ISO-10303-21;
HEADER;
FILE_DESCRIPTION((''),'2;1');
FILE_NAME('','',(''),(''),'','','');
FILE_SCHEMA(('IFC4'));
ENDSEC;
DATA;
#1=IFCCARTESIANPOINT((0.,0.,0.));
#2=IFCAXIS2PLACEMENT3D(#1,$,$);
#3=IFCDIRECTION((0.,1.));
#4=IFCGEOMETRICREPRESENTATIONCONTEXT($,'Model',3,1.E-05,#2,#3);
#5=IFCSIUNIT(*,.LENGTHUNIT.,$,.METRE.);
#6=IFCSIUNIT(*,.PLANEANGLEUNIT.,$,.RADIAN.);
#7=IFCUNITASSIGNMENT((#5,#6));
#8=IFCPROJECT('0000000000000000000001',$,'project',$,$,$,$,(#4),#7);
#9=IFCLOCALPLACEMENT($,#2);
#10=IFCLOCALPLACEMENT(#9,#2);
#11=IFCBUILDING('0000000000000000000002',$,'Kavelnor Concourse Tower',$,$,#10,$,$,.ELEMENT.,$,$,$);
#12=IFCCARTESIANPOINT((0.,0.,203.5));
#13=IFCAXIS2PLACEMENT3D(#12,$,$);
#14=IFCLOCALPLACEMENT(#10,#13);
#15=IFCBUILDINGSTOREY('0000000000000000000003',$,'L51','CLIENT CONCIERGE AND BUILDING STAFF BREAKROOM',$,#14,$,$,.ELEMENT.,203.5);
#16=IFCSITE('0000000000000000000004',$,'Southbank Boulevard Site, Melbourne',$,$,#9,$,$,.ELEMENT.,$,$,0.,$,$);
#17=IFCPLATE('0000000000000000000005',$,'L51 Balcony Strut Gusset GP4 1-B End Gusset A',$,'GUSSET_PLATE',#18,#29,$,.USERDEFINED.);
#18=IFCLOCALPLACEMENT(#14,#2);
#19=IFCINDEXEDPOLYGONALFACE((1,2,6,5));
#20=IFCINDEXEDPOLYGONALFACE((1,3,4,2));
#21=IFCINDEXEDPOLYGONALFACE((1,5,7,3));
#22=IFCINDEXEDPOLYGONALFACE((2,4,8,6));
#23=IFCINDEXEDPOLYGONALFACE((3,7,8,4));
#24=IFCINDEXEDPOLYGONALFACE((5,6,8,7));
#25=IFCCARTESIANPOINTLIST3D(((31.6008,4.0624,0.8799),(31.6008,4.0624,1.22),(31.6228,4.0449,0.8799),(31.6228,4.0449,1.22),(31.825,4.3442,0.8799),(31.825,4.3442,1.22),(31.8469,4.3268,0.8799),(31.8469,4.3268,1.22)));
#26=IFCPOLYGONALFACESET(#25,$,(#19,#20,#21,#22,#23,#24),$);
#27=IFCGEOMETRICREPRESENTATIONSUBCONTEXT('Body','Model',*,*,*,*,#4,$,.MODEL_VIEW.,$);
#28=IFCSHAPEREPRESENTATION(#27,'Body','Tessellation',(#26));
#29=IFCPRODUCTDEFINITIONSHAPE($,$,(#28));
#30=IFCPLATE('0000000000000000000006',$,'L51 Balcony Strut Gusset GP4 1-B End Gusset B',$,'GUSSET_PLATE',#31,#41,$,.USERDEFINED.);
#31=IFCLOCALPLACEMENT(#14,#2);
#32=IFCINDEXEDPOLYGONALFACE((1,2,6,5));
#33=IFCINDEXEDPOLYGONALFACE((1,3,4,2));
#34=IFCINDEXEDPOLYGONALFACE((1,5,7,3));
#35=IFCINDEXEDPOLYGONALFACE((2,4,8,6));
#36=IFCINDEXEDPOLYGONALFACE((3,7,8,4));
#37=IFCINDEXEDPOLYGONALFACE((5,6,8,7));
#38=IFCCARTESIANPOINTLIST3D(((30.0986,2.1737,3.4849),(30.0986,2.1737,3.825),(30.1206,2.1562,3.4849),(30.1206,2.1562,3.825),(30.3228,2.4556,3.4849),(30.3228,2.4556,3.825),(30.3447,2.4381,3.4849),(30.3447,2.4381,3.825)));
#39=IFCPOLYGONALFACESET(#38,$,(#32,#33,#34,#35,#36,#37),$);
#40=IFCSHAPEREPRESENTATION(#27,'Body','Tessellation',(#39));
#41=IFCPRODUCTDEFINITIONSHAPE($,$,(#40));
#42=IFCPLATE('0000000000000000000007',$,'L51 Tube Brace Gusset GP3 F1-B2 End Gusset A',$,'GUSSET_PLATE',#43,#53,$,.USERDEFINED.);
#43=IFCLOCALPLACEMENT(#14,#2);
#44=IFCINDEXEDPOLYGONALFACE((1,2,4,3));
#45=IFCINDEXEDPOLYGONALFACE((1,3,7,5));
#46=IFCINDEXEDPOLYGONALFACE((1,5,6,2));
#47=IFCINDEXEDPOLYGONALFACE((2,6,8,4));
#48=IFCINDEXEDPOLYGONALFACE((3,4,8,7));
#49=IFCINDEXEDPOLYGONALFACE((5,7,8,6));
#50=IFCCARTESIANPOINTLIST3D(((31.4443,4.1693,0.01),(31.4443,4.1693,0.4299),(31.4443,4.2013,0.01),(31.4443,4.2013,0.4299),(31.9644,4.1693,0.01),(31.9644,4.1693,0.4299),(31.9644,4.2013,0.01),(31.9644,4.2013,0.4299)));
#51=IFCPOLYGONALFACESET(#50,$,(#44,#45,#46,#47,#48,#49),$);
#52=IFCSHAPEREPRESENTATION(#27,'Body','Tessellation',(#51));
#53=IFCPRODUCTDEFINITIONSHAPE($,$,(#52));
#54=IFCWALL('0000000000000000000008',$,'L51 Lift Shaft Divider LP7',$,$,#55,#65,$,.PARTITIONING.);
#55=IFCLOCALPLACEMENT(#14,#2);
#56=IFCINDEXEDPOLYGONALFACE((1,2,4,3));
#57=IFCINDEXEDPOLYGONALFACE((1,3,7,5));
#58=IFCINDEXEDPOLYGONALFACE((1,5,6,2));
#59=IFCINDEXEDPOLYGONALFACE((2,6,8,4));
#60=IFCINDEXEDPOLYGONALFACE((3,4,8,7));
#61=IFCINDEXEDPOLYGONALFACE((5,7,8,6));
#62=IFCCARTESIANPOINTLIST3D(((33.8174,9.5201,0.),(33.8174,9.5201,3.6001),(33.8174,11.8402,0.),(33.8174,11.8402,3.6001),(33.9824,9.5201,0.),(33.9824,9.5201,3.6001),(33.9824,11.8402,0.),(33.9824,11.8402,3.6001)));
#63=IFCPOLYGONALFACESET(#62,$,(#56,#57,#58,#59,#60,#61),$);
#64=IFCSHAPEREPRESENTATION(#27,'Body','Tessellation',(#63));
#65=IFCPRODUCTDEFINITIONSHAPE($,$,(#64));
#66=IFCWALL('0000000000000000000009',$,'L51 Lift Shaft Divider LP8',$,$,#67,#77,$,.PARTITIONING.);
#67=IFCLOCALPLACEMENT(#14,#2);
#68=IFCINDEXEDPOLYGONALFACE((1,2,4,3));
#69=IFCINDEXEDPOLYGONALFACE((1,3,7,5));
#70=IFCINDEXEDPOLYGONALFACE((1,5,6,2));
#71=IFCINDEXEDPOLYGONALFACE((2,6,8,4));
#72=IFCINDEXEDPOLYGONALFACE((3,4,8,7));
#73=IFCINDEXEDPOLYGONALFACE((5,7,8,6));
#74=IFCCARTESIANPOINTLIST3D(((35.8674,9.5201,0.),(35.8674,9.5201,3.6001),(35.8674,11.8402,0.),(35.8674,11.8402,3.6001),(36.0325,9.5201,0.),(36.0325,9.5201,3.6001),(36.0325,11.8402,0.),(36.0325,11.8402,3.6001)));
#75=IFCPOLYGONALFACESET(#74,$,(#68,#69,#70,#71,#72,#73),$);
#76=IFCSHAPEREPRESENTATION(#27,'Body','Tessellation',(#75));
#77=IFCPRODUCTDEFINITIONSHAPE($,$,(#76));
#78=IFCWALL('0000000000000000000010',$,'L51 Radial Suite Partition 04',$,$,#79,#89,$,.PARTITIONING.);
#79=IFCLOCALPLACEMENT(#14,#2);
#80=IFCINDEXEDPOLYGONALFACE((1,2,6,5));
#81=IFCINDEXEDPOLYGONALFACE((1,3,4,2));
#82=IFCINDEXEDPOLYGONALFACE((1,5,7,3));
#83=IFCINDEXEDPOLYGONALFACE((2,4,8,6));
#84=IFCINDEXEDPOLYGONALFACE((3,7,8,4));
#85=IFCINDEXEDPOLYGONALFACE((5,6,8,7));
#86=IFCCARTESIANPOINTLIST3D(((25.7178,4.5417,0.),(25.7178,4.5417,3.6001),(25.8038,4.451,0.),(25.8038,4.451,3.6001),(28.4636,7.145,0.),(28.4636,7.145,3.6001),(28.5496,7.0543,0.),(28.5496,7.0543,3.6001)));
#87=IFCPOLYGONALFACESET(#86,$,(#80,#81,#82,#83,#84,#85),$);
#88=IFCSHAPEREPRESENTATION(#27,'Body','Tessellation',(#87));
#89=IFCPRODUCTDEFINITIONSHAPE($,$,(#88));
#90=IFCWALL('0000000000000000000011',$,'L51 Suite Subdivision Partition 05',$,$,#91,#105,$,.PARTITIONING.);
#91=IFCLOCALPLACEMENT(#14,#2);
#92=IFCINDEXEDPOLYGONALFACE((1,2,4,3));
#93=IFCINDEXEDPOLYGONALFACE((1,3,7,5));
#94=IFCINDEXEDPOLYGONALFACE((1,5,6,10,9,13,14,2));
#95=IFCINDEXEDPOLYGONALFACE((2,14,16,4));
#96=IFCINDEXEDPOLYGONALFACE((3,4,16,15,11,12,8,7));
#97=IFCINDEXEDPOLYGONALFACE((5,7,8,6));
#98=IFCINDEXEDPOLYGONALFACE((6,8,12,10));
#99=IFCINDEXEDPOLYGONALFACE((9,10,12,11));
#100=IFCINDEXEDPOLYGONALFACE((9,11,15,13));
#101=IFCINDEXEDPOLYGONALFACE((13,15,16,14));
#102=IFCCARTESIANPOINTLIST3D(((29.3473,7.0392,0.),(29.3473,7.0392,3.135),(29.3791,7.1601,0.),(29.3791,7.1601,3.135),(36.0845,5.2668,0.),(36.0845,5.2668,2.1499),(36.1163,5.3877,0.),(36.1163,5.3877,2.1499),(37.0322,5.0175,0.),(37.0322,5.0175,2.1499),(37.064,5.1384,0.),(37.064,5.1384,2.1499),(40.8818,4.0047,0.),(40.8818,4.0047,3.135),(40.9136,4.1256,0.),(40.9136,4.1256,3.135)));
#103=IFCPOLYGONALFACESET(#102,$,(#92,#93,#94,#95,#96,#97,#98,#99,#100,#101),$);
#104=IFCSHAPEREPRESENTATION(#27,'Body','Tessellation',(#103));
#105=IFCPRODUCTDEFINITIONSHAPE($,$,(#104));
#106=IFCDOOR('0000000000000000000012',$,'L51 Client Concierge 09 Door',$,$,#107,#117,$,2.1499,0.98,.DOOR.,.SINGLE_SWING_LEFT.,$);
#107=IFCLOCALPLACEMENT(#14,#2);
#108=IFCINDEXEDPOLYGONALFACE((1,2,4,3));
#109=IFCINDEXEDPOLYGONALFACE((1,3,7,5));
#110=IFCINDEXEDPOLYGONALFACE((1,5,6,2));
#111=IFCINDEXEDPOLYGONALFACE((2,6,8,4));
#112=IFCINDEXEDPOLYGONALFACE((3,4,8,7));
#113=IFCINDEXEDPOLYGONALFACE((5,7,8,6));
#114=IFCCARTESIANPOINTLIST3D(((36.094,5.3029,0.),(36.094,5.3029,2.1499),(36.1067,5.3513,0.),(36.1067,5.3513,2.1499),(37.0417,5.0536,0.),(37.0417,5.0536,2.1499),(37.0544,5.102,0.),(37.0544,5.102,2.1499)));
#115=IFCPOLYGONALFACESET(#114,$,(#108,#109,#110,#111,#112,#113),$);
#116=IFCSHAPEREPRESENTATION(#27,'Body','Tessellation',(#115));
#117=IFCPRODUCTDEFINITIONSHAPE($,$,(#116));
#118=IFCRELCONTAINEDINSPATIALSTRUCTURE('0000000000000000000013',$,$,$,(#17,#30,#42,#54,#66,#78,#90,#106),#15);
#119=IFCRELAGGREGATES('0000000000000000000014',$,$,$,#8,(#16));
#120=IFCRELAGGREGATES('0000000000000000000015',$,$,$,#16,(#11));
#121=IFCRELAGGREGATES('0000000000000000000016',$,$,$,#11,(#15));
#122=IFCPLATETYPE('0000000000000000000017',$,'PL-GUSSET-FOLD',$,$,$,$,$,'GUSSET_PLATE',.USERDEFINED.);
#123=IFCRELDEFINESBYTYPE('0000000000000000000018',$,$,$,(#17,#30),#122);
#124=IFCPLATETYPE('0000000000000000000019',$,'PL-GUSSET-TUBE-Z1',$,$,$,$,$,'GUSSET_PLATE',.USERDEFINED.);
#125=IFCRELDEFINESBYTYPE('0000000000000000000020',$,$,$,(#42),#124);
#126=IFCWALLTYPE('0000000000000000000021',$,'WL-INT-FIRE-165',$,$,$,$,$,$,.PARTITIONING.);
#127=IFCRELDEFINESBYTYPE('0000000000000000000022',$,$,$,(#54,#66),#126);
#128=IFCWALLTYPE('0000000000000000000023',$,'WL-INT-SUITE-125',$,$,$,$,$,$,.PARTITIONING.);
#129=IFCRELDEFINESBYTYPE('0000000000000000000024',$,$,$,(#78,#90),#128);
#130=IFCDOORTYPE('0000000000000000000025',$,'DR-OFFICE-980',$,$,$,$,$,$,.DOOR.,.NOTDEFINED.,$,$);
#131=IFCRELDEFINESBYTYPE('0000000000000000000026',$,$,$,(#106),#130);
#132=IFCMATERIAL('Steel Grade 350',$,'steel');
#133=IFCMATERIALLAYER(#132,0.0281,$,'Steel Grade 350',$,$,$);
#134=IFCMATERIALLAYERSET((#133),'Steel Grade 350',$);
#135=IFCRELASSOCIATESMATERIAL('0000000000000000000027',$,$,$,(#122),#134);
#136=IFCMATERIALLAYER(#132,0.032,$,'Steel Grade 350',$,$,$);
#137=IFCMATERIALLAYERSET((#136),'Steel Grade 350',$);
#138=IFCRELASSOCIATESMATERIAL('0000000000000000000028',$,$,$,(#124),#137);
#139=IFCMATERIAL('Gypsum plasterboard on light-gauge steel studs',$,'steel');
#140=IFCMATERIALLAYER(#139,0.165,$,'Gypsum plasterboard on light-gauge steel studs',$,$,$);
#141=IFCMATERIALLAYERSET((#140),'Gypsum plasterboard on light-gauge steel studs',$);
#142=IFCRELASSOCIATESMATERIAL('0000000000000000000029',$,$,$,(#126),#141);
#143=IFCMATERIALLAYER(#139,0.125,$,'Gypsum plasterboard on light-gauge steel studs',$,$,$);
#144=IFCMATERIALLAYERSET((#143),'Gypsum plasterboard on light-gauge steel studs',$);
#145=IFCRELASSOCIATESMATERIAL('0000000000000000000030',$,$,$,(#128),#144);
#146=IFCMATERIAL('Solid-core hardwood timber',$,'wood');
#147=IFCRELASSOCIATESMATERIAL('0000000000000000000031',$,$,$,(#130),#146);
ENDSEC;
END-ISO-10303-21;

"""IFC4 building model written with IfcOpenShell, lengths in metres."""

from ifc_helpers import new_model, si_unit, direction, frame, frame_2d, origin, origin_2d, place, context, subcontext, project, spatial, rectangle, extrude, material, layer, layer_set, type_object, element, fill, save


model = new_model("IFC4")

# Units and contexts
model_context = context("Model", 3, precision=1e-05, world=origin(), true_north=direction((0.0, 1.0)))
body_context = subcontext(model_context, "Body", "Model", "MODEL_VIEW")
ifc_project = project(units=[si_unit("LENGTHUNIT", "METRE"), si_unit("PLANEANGLEUNIT", "RADIAN")], contexts=[model_context])

# Site, building, storey
site_placement = place(None, origin())
site = spatial("IfcSite", under=ifc_project, at=site_placement, Name="Southbank Boulevard Site, Melbourne", CompositionType="ELEMENT", RefElevation=0.0)
building_placement = place(site_placement, origin())
building = spatial("IfcBuilding", under=site, at=building_placement, Name="Kavelnor Concourse Tower", CompositionType="ELEMENT")
storey_placement = place(building_placement, frame((0.0, 0.0, 203.5)))
storey = spatial("IfcBuildingStorey", under=building, at=storey_placement, Name="L51", Description="CLIENT CONCIERGE AND BUILDING STAFF BREAKROOM", CompositionType="ELEMENT", Elevation=203.5)

# Shared definitions
ifc_material_1 = material(Name="Steel Grade 350", Category="steel")

# Plates
ifc_layer_1 = layer(ifc_material_1, 0.0281, Name="Steel Grade 350")
ifc_layer_set_1 = layer_set([ifc_layer_1], Name="Steel Grade 350")
plate_type_1 = type_object("IfcPlateType", Name="PL-GUSSET-FOLD", ElementType="GUSSET_PLATE", PredefinedType="USERDEFINED", material=ifc_layer_set_1)
for number, where, z_axis, x_axis, name in (
    (1, (31.7239, 4.1946, 0.8799), (0.0, 0.0, 1.0), (-0.622378, -0.782717, 0.0), "L51 Balcony Strut Gusset GP4 1-B End Gusset A"),
    (2, (30.2217, 2.3059, 3.4849), (0.0, 0.0, 1.0), (-0.622378, -0.782717, 0.0), "L51 Balcony Strut Gusset GP4 1-B End Gusset B"),
):
    element("IfcPlate", number, at=place(storey_placement, frame(where, z_axis=z_axis, x_axis=x_axis)), inside=storey, type_object=plate_type_1, Name=name, ObjectType="GUSSET_PLATE", PredefinedType="USERDEFINED", context=body_context, shape_type="SweptSolid", body=[
        extrude(rectangle(XDim=0.3601, YDim=0.0281, at=origin_2d()), origin(), (0.0, 0.0, 1.0), 0.3401),
    ])
ifc_layer_2 = layer(ifc_material_1, 0.032, Name="Steel Grade 350")
ifc_layer_set_2 = layer_set([ifc_layer_2], Name="Steel Grade 350")
plate_type_2 = type_object("IfcPlateType", Name="PL-GUSSET-TUBE-Z1", ElementType="GUSSET_PLATE", PredefinedType="USERDEFINED", material=ifc_layer_set_2)
plate_placement = place(storey_placement, frame((31.7043, 4.1853, 0.01), z_axis=(0.0, 0.0, 1.0), x_axis=(1.0, 0.0, 0.0)))
element("IfcPlate", 3, at=plate_placement, inside=storey, type_object=plate_type_2, Name="L51 Tube Brace Gusset GP3 F1-B2 End Gusset A", ObjectType="GUSSET_PLATE", PredefinedType="USERDEFINED", context=body_context, shape_type="SweptSolid", body=[
    extrude(rectangle(XDim=0.52, YDim=0.032, at=origin_2d()), origin(), (0.0, 0.0, 1.0), 0.4199),
])

# Walls
ifc_material_2 = material(Name="Gypsum plasterboard on light-gauge steel studs", Category="steel")
ifc_layer_3 = layer(ifc_material_2, 0.165, Name="Gypsum plasterboard on light-gauge steel studs")
ifc_layer_set_3 = layer_set([ifc_layer_3], Name="Gypsum plasterboard on light-gauge steel studs")
wall_type_1 = type_object("IfcWallType", Name="WL-INT-FIRE-165", PredefinedType="PARTITIONING", material=ifc_layer_set_3)
for number, where, z_axis, x_axis, name in (
    (4, (33.8999, 9.52, 0.0), (0.0, 0.0, 1.0), (0.0, 1.0, 0.0), "L51 Lift Shaft Divider LP7"),
    (5, (35.95, 9.52, 0.0), (0.0, 0.0, 1.0), (0.0, 1.0, 0.0), "L51 Lift Shaft Divider LP8"),
):
    element("IfcWall", number, at=place(storey_placement, frame(where, z_axis=z_axis, x_axis=x_axis)), inside=storey, type_object=wall_type_1, Name=name, PredefinedType="PARTITIONING", context=body_context, shape_type="SweptSolid", body=[
        extrude(rectangle(XDim=2.3201, YDim=0.165, at=frame_2d((1.1602, 0.0))), origin(), (0.0, 0.0, 1.0), 3.6001),
    ])
ifc_layer_4 = layer(ifc_material_2, 0.125, Name="Gypsum plasterboard on light-gauge steel studs")
ifc_layer_set_4 = layer_set([ifc_layer_4], Name="Gypsum plasterboard on light-gauge steel studs")
wall_type_2 = type_object("IfcWallType", Name="WL-INT-SUITE-125", PredefinedType="PARTITIONING", material=ifc_layer_set_4)
wall_1_placement = place(storey_placement, frame((28.5066, 7.0996, 0.0), z_axis=(0.0, 0.0, 1.0), x_axis=(-0.725697, -0.688015, 0.0)))
element("IfcWall", 6, at=wall_1_placement, inside=storey, type_object=wall_type_2, Name="L51 Radial Suite Partition 04", PredefinedType="PARTITIONING", context=body_context, shape_type="SweptSolid", body=[
    extrude(rectangle(XDim=3.7837, YDim=0.125, at=frame_2d((1.8918, 0.0))), origin(), (0.0, 0.0, 1.0), 3.6001),
])

# Wall, opening, door
wall_2_placement = place(storey_placement, frame((29.3633, 7.0996, 0.0), z_axis=(0.0, 0.0, 1.0), x_axis=(0.967094, -0.254419, 0.0)))
wall_2 = element("IfcWall", 7, at=wall_2_placement, inside=storey, type_object=wall_type_2, Name="L51 Suite Subdivision Partition 05", PredefinedType="PARTITIONING", context=body_context, shape_type="SweptSolid", body=[
    extrude(rectangle(XDim=11.927, YDim=0.125, at=frame_2d((5.9634, 0.0))), origin(), (0.0, 0.0, 1.0), 3.135),
])
opening_placement = place(wall_2_placement, frame((6.9663, 0.0, 0.0)))
opening = element("IfcOpeningElement", 8, at=opening_placement, cuts=wall_2, PredefinedType="OPENING", context=body_context, shape_type="SweptSolid", body=[
    extrude(rectangle(XDim=0.98, YDim=2.1499, at=frame_2d((0.49, 1.075))), frame((0.0, 0.0725, 0.0), z_axis=(0.0, -1.0, 0.0), x_axis=(1.0, 0.0, 0.0)), (0.0, 0.0, 1.0), 0.145),
])
ifc_material_3 = material(Name="Solid-core hardwood timber", Category="wood")
door_type = type_object("IfcDoorType", Name="DR-OFFICE-980", OperationType="NOTDEFINED", PredefinedType="DOOR", material=ifc_material_3)
door_placement = place(opening_placement, origin())
door = element("IfcDoor", 9, at=door_placement, inside=storey, type_object=door_type, Name="L51 Client Concierge 09 Door", OperationType="SINGLE_SWING_LEFT", OverallHeight=2.1499, OverallWidth=0.98, PredefinedType="DOOR", context=body_context, shape_type="SweptSolid", body=[
    extrude(rectangle(XDim=0.98, YDim=2.1499, at=frame_2d((0.49, 1.075))), frame((0.0, 0.0249, 0.0), z_axis=(0.0, -1.0, 0.0), x_axis=(1.0, 0.0, 0.0)), (0.0, 0.0, 1.0), 0.05),
])
fill(opening, door)

save(model, "model.ifc")
